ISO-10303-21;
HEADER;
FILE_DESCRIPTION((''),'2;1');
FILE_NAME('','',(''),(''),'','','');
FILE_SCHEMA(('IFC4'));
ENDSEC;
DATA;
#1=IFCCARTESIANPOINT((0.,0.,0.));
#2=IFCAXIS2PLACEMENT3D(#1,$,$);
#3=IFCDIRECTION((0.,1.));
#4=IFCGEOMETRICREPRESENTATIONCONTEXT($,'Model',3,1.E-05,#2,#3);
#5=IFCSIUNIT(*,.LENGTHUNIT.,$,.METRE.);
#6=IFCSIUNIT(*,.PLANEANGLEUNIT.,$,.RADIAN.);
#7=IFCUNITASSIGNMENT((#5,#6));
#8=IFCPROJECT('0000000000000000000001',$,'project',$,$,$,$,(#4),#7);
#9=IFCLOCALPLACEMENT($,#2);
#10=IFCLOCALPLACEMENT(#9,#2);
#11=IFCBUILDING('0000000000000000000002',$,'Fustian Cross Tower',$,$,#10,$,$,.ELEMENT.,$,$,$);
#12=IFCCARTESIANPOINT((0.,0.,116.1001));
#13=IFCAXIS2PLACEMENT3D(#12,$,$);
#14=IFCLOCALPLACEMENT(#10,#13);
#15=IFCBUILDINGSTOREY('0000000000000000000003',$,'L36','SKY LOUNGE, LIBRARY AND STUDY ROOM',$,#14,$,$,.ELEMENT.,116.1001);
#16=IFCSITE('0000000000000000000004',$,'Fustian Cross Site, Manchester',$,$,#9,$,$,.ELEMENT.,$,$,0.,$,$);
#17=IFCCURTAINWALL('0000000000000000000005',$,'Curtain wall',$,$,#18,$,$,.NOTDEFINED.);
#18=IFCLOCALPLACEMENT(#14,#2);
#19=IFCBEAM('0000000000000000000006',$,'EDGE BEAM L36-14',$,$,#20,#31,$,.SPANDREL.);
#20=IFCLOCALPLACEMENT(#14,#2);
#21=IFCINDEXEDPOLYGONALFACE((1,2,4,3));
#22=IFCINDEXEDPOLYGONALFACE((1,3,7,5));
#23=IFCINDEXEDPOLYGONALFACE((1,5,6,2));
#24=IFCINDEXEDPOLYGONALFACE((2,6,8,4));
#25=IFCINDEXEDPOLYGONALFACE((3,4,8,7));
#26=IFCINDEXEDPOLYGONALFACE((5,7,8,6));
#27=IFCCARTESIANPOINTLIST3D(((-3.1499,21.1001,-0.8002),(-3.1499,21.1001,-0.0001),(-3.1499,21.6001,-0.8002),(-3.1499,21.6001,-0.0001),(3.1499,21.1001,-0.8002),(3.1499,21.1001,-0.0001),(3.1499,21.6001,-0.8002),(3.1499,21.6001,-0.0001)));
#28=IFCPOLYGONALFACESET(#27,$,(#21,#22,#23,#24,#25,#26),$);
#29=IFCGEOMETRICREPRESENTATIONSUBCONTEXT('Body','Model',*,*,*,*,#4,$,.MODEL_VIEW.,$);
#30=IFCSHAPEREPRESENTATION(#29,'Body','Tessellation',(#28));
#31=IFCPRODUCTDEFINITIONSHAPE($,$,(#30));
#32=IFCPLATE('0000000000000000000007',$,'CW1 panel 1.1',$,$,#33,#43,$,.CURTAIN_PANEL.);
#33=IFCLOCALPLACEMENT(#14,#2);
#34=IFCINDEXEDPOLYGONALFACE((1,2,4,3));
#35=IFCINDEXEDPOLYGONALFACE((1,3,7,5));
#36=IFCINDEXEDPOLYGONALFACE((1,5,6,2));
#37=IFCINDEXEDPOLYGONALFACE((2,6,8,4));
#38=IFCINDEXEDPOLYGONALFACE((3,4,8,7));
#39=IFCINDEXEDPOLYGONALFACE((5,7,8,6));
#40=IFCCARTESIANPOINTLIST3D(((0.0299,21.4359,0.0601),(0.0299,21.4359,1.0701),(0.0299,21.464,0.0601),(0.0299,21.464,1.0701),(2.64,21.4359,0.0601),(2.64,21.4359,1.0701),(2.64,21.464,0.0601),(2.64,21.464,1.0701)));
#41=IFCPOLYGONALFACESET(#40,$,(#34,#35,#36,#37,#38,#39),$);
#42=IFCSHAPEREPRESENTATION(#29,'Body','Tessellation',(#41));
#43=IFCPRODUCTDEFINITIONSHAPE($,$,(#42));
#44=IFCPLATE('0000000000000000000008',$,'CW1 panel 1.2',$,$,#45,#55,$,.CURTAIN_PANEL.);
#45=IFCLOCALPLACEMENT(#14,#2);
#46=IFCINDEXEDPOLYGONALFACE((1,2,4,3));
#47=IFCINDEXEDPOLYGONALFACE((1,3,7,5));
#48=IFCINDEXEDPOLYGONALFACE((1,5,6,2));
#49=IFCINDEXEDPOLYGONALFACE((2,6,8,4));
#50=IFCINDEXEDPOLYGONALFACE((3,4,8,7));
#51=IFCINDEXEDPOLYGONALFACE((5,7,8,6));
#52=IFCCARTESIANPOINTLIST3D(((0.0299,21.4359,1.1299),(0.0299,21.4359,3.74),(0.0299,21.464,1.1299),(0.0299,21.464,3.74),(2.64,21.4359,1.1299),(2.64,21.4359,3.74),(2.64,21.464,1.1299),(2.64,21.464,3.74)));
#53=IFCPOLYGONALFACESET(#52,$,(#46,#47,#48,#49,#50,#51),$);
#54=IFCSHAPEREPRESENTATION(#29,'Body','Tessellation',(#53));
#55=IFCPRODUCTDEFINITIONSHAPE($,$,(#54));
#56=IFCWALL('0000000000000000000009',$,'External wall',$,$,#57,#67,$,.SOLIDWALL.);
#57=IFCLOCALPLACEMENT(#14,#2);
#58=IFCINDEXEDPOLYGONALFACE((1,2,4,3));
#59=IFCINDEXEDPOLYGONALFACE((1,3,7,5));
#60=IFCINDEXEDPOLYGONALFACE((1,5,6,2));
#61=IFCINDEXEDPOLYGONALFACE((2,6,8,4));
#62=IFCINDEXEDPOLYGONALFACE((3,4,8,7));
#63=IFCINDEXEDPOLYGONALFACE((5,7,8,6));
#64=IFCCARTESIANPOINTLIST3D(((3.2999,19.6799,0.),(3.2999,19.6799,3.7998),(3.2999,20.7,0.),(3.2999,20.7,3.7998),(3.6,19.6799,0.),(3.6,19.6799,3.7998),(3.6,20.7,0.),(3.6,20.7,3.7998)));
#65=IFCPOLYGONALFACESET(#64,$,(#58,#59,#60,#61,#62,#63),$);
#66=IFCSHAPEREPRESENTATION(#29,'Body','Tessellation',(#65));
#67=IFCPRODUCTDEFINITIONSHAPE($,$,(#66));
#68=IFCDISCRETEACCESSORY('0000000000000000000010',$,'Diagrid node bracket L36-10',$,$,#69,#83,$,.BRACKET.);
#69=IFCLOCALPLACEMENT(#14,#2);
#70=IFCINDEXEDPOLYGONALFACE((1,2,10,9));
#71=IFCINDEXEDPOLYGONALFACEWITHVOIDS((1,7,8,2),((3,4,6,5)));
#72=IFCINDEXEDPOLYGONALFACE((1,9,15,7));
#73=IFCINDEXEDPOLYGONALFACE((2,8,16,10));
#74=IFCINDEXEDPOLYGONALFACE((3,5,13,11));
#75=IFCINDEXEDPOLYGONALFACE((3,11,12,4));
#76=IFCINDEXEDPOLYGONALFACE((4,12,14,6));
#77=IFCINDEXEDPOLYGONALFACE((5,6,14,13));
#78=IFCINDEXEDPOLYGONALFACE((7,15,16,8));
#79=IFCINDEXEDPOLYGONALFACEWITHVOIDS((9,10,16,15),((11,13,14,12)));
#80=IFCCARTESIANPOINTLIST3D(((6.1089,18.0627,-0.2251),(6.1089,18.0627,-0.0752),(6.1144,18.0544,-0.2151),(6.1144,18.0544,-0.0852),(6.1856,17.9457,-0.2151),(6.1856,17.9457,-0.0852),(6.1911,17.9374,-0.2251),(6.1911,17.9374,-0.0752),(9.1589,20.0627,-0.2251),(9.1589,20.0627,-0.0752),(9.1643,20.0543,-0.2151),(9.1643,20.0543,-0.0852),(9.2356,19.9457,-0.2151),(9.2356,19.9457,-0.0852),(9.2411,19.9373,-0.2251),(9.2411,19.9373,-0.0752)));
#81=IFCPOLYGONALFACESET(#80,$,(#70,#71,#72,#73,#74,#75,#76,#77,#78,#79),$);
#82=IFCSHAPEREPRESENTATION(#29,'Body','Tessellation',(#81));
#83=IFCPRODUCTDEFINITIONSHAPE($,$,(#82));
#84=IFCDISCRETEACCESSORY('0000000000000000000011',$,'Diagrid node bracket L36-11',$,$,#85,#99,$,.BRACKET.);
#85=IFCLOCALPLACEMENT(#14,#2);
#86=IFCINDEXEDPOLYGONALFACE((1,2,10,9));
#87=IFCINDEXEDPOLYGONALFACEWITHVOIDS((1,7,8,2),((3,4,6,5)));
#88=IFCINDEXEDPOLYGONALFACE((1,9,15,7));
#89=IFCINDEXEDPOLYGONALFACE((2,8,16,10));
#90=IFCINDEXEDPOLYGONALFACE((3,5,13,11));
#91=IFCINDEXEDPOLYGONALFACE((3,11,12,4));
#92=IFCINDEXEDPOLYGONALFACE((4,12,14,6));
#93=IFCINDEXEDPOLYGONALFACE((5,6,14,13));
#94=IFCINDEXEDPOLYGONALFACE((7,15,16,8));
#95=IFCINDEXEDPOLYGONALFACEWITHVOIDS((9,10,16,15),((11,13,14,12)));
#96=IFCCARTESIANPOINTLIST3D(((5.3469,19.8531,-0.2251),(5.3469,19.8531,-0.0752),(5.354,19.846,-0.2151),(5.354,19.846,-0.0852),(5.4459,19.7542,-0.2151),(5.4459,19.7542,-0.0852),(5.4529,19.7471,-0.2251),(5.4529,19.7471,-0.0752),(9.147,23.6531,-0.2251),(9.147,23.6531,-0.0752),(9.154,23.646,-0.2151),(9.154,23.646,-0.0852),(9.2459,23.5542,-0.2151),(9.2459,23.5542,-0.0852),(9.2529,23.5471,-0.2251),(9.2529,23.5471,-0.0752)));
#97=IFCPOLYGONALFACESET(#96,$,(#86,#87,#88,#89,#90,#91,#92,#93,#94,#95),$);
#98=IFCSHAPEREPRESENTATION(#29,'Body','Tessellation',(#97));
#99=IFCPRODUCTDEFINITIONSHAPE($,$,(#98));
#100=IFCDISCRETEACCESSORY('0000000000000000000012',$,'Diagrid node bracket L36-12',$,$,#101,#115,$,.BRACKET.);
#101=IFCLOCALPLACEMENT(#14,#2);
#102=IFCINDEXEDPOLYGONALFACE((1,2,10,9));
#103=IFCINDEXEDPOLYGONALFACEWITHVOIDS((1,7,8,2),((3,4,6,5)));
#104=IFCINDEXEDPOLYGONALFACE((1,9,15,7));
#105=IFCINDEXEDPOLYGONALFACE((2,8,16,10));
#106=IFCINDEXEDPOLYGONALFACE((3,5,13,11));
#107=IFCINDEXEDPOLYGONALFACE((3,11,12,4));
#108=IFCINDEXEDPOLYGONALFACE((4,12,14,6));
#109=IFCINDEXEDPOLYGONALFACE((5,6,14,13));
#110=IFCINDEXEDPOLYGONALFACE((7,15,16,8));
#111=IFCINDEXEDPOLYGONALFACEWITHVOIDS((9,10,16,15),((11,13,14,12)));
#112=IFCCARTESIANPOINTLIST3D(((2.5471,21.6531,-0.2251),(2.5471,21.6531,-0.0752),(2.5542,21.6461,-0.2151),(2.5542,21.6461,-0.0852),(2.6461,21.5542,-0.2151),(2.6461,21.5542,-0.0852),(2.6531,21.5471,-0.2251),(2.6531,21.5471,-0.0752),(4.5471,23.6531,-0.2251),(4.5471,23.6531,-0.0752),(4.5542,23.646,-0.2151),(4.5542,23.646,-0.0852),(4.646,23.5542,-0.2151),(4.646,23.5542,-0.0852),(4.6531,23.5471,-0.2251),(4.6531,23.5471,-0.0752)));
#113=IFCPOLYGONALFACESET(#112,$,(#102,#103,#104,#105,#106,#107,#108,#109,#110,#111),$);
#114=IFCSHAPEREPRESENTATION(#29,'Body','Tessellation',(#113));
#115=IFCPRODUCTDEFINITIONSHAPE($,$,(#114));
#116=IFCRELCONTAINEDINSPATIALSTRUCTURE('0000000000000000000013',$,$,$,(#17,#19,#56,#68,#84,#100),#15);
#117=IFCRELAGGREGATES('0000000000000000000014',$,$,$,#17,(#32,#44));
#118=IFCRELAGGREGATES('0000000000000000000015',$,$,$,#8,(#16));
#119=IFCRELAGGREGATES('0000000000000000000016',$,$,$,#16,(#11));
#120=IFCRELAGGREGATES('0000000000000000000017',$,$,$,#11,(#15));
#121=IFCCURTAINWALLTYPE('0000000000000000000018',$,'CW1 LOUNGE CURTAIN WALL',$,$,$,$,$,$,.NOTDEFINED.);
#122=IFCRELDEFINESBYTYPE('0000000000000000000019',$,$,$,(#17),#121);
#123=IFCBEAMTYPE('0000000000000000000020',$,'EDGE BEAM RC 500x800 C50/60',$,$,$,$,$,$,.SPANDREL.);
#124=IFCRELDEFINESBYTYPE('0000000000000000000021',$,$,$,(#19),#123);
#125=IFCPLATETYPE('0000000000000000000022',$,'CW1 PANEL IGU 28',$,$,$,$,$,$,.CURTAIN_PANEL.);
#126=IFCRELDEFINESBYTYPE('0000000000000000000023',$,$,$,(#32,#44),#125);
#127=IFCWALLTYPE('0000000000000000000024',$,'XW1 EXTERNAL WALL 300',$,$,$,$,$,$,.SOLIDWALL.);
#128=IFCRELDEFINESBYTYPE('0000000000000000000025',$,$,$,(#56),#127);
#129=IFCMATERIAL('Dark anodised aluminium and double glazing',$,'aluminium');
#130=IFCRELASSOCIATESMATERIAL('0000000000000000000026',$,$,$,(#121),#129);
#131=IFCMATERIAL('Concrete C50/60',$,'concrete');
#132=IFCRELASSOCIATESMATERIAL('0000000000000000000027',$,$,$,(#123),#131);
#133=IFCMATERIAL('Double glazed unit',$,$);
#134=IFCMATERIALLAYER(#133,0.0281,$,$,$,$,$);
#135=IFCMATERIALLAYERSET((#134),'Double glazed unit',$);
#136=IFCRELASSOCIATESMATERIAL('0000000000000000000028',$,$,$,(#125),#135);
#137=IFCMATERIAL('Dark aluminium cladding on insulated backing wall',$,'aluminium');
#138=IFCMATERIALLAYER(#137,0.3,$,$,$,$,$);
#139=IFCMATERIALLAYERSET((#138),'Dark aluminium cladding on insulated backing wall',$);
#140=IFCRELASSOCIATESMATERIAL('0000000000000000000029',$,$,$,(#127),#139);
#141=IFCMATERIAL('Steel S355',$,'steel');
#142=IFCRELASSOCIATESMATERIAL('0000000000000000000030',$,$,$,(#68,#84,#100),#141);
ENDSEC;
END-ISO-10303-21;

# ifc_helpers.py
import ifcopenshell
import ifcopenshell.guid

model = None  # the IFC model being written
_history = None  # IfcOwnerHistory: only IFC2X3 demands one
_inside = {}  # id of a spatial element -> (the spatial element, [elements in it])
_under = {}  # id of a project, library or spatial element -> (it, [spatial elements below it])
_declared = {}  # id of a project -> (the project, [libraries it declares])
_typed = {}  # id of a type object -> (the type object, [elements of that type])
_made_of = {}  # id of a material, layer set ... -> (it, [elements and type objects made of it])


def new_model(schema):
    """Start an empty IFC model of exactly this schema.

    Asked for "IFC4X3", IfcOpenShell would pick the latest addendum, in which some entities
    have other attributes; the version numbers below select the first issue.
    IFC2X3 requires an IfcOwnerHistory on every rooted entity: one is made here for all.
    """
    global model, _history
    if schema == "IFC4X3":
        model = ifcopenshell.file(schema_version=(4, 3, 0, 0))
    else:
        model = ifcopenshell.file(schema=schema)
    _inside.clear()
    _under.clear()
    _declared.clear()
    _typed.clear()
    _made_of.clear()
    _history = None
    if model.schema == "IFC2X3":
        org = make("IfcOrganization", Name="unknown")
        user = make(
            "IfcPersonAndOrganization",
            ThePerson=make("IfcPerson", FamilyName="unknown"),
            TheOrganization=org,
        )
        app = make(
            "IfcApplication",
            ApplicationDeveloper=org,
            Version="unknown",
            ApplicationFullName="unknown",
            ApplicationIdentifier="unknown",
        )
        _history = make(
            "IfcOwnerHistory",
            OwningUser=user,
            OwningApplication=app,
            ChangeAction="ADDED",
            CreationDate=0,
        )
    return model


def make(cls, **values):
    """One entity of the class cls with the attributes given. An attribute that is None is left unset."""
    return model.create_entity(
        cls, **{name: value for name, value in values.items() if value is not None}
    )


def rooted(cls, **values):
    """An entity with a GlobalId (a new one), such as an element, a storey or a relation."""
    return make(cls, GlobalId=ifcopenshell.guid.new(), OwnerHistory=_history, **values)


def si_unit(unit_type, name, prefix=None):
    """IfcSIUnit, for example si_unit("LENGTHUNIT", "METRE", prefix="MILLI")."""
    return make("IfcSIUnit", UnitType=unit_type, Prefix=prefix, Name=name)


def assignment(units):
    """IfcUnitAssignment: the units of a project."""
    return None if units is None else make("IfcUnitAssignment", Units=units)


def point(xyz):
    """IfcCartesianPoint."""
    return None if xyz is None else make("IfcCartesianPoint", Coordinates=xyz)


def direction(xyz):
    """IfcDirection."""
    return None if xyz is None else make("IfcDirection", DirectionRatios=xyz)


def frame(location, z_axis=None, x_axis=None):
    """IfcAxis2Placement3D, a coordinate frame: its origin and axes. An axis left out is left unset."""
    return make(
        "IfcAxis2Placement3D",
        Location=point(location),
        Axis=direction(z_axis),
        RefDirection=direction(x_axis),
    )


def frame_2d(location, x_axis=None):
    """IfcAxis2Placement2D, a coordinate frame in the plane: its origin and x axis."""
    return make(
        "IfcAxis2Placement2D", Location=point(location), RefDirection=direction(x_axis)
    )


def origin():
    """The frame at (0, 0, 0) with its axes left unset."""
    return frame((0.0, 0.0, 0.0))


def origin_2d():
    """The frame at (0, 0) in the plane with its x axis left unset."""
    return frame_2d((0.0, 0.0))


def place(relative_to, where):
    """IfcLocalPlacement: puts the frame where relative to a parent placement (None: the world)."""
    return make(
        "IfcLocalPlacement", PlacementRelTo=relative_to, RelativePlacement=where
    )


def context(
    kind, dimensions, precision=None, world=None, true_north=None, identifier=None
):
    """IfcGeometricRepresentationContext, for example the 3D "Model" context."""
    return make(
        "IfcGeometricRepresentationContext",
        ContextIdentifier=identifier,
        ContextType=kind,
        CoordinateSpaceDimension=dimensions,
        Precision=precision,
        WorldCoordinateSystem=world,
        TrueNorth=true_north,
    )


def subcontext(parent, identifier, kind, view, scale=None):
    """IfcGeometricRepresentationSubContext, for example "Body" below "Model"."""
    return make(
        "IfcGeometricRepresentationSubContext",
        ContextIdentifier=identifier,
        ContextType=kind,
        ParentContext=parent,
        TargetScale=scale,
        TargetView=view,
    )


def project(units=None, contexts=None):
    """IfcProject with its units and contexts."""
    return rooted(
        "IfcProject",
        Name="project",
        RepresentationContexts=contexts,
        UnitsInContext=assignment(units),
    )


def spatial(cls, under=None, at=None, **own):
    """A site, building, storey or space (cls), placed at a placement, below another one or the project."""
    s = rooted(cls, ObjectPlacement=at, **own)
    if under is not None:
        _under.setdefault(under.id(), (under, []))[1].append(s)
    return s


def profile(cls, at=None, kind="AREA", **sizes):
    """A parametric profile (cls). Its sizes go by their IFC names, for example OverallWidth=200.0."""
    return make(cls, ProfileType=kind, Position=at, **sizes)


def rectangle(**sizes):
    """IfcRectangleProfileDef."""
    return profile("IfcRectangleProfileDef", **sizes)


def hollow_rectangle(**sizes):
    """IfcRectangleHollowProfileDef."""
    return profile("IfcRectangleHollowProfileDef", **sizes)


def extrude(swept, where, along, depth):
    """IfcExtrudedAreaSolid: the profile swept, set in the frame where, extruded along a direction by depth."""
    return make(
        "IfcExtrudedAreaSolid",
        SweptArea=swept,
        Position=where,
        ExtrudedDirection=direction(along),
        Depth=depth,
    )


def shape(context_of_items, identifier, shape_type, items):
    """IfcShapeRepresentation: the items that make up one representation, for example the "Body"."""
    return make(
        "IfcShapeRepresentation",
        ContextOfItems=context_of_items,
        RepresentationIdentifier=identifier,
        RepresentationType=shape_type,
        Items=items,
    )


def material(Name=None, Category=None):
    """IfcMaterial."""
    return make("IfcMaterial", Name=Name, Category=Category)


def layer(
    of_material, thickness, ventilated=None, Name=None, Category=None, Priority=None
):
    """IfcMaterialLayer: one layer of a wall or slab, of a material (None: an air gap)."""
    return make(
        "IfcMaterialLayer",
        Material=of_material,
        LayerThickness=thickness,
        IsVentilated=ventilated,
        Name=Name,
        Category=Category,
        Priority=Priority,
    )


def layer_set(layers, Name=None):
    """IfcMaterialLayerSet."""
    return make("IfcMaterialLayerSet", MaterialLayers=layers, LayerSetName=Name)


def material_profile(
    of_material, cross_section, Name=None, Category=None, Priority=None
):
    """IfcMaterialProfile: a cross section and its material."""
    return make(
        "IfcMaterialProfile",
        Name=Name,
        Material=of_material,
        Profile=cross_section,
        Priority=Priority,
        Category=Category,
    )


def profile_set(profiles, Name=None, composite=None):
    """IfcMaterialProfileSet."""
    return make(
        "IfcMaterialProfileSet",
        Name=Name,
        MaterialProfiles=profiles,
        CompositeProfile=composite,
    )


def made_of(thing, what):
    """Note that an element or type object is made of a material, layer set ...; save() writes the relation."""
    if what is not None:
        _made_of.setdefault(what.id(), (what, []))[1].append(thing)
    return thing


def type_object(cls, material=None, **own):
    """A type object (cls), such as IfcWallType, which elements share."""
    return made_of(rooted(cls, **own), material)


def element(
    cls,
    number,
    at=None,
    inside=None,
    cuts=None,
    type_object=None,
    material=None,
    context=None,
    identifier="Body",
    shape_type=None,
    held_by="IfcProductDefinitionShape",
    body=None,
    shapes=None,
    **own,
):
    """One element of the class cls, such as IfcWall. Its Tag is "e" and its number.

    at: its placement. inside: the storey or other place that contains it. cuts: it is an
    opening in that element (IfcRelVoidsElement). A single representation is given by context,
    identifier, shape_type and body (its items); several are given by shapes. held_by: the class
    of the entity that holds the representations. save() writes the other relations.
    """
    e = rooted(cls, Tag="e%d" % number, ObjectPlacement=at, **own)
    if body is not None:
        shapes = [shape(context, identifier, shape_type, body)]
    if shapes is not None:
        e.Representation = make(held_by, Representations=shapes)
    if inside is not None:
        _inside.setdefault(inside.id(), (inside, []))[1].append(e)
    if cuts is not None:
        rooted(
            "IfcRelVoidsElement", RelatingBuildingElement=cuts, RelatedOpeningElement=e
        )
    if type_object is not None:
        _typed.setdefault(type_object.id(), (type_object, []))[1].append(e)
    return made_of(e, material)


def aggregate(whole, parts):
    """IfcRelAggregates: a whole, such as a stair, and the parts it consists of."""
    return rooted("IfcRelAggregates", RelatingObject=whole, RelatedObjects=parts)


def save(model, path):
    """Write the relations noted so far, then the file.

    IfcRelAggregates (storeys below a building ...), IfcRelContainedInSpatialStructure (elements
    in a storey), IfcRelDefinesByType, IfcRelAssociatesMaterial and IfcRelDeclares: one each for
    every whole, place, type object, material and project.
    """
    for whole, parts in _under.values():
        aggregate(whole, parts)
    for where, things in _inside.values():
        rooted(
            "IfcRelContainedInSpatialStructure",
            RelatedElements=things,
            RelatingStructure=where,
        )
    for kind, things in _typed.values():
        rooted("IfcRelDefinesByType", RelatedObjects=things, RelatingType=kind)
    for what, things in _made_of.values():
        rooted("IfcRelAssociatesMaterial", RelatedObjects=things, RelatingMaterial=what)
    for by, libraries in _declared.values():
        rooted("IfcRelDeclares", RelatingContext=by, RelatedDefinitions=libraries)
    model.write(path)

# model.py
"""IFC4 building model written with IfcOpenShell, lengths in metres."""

from ifc_helpers import new_model, si_unit, direction, frame, frame_2d, origin, origin_2d, place, context, subcontext, project, spatial, rectangle, hollow_rectangle, extrude, material, layer, layer_set, material_profile, profile_set, type_object, element, aggregate, save


model = new_model("IFC4")

# Units and contexts
model_context = context("Model", 3, precision=1e-05, world=origin(), true_north=direction((0.0, 1.0)))
body_context = subcontext(model_context, "Body", "Model", "MODEL_VIEW")
ifc_project = project(units=[si_unit("LENGTHUNIT", "METRE"), si_unit("PLANEANGLEUNIT", "RADIAN")], contexts=[model_context])

# Site, building, storey
site_placement = place(None, origin())
site = spatial("IfcSite", under=ifc_project, at=site_placement, Name="Fustian Cross Site, Manchester", CompositionType="ELEMENT", RefElevation=0.0)
building_placement = place(site_placement, origin())
building = spatial("IfcBuilding", under=site, at=building_placement, Name="Fustian Cross Tower", CompositionType="ELEMENT")
storey_placement = place(building_placement, frame((0.0, 0.0, 116.1001)))
storey = spatial("IfcBuildingStorey", under=building, at=storey_placement, Name="L36", Description="SKY LOUNGE, LIBRARY AND STUDY ROOM", CompositionType="ELEMENT", Elevation=116.1001)

# Curtain wall
ifc_material_1 = material(Name="Dark anodised aluminium and double glazing", Category="aluminium")
curtain_wall_type = type_object("IfcCurtainWallType", Name="CW1 LOUNGE CURTAIN WALL", PredefinedType="NOTDEFINED", material=ifc_material_1)
curtain_wall_1_placement = place(storey_placement, origin())
curtain_wall_1 = element("IfcCurtainWall", 1, at=curtain_wall_1_placement, inside=storey, type_object=curtain_wall_type, Name="Curtain wall", PredefinedType="NOTDEFINED")

# Beam
ifc_material_2 = material(Name="Concrete C50/60", Category="concrete")
ifc_material_profile_1 = material_profile(ifc_material_2, rectangle(XDim=0.5, YDim=0.8, at=origin_2d()), Name="RC 500x800")
ifc_profile_set_1 = profile_set([ifc_material_profile_1], Name="Concrete C50/60")
beam_type = type_object("IfcBeamType", Name="EDGE BEAM RC 500x800 C50/60", PredefinedType="SPANDREL", material=ifc_profile_set_1)
beam_placement = place(storey_placement, frame((3.1499, 21.3501, -0.4001), z_axis=(-1.0, 0.0, 0.0), x_axis=(0.0, -1.0, 0.0)))
element("IfcBeam", 2, at=beam_placement, inside=storey, type_object=beam_type, Name="EDGE BEAM L36-14", PredefinedType="SPANDREL", context=body_context, shape_type="SweptSolid", body=[
    extrude(rectangle(XDim=0.5, YDim=0.8, at=origin_2d()), origin(), (0.0, 0.0, 1.0), 6.2998),
])

# Plates
ifc_material_3 = material(Name="Double glazed unit")
ifc_layer_1 = layer(ifc_material_3, 0.0281)
ifc_layer_set_1 = layer_set([ifc_layer_1], Name="Double glazed unit")
plate_type = type_object("IfcPlateType", Name="CW1 PANEL IGU 28", PredefinedType="CURTAIN_PANEL", material=ifc_layer_set_1)
plate_1_placement = place(storey_placement, frame((1.335, 21.45, 0.0601), z_axis=(0.0, 0.0, 1.0), x_axis=(-1.0, 0.0, 0.0)))
plate_1 = element("IfcPlate", 3, at=plate_1_placement, type_object=plate_type, Name="CW1 panel 1.1", PredefinedType="CURTAIN_PANEL", context=body_context, shape_type="SweptSolid", body=[
    extrude(rectangle(XDim=2.6101, YDim=0.0281, at=origin_2d()), origin(), (0.0, 0.0, 1.0), 1.01),
])
plate_2_placement = place(storey_placement, frame((1.335, 21.45, 1.1299), z_axis=(0.0, 0.0, 1.0), x_axis=(-1.0, 0.0, 0.0)))
plate_2 = element("IfcPlate", 4, at=plate_2_placement, type_object=plate_type, Name="CW1 panel 1.2", PredefinedType="CURTAIN_PANEL", context=body_context, shape_type="SweptSolid", body=[
    extrude(rectangle(XDim=2.6101, YDim=0.0281, at=origin_2d()), origin(), (0.0, 0.0, 1.0), 2.6101),
])
aggregate(curtain_wall_1, [plate_1, plate_2])

# Wall
ifc_material_4 = material(Name="Dark aluminium cladding on insulated backing wall", Category="aluminium")
ifc_layer_2 = layer(ifc_material_4, 0.3)
ifc_layer_set_2 = layer_set([ifc_layer_2], Name="Dark aluminium cladding on insulated backing wall")
wall_type = type_object("IfcWallType", Name="XW1 EXTERNAL WALL 300", PredefinedType="SOLIDWALL", material=ifc_layer_set_2)
wall_placement = place(storey_placement, frame((3.45, 19.6799, 0.0), z_axis=(0.0, 0.0, 1.0), x_axis=(0.0, 1.0, 0.0)))
element("IfcWall", 5, at=wall_placement, inside=storey, type_object=wall_type, Name="External wall", PredefinedType="SOLIDWALL", context=body_context, shape_type="SweptSolid", body=[
    extrude(rectangle(XDim=1.02, YDim=0.3, at=frame_2d((0.51, 0.0))), origin(), (0.0, 0.0, 1.0), 3.7998),
])

# Discrete accessories
ifc_material_5 = material(Name="Steel S355", Category="steel")
discrete_accessory_1_placement = place(storey_placement, frame((9.2, 20.0, -0.1501), z_axis=(-0.836248, -0.548351, 0.0), x_axis=(0.548351, -0.836248, 0.0)))
element("IfcDiscreteAccessory", 6, at=discrete_accessory_1_placement, inside=storey, material=ifc_material_5, Name="Diagrid node bracket L36-10", PredefinedType="BRACKET", context=body_context, shape_type="SweptSolid", body=[
    extrude(hollow_rectangle(XDim=0.1499, YDim=0.1499, WallThickness=0.01, at=origin_2d()), origin(), (0.0, 0.0, 1.0), 3.6472),
])
discrete_accessory_2_placement = place(storey_placement, frame((9.2, 23.6001, -0.1501), z_axis=(-0.707107, -0.707107, 0.0), x_axis=(0.707107, -0.707107, 0.0)))
element("IfcDiscreteAccessory", 7, at=discrete_accessory_2_placement, inside=storey, material=ifc_material_5, Name="Diagrid node bracket L36-11", PredefinedType="BRACKET", context=body_context, shape_type="SweptSolid", body=[
    extrude(hollow_rectangle(XDim=0.1499, YDim=0.1499, WallThickness=0.01, at=origin_2d()), origin(), (0.0, 0.0, 1.0), 5.374),
])
discrete_accessory_3_placement = place(storey_placement, frame((4.6001, 23.6001, -0.1501), z_axis=(-0.707107, -0.707107, 0.0), x_axis=(0.707107, -0.707107, 0.0)))
element("IfcDiscreteAccessory", 8, at=discrete_accessory_3_placement, inside=storey, material=ifc_material_5, Name="Diagrid node bracket L36-12", PredefinedType="BRACKET", context=body_context, shape_type="SweptSolid", body=[
    extrude(hollow_rectangle(XDim=0.1499, YDim=0.1499, WallThickness=0.01, at=origin_2d()), origin(), (0.0, 0.0, 1.0), 2.8284),
])

save(model, "model.ifc")
